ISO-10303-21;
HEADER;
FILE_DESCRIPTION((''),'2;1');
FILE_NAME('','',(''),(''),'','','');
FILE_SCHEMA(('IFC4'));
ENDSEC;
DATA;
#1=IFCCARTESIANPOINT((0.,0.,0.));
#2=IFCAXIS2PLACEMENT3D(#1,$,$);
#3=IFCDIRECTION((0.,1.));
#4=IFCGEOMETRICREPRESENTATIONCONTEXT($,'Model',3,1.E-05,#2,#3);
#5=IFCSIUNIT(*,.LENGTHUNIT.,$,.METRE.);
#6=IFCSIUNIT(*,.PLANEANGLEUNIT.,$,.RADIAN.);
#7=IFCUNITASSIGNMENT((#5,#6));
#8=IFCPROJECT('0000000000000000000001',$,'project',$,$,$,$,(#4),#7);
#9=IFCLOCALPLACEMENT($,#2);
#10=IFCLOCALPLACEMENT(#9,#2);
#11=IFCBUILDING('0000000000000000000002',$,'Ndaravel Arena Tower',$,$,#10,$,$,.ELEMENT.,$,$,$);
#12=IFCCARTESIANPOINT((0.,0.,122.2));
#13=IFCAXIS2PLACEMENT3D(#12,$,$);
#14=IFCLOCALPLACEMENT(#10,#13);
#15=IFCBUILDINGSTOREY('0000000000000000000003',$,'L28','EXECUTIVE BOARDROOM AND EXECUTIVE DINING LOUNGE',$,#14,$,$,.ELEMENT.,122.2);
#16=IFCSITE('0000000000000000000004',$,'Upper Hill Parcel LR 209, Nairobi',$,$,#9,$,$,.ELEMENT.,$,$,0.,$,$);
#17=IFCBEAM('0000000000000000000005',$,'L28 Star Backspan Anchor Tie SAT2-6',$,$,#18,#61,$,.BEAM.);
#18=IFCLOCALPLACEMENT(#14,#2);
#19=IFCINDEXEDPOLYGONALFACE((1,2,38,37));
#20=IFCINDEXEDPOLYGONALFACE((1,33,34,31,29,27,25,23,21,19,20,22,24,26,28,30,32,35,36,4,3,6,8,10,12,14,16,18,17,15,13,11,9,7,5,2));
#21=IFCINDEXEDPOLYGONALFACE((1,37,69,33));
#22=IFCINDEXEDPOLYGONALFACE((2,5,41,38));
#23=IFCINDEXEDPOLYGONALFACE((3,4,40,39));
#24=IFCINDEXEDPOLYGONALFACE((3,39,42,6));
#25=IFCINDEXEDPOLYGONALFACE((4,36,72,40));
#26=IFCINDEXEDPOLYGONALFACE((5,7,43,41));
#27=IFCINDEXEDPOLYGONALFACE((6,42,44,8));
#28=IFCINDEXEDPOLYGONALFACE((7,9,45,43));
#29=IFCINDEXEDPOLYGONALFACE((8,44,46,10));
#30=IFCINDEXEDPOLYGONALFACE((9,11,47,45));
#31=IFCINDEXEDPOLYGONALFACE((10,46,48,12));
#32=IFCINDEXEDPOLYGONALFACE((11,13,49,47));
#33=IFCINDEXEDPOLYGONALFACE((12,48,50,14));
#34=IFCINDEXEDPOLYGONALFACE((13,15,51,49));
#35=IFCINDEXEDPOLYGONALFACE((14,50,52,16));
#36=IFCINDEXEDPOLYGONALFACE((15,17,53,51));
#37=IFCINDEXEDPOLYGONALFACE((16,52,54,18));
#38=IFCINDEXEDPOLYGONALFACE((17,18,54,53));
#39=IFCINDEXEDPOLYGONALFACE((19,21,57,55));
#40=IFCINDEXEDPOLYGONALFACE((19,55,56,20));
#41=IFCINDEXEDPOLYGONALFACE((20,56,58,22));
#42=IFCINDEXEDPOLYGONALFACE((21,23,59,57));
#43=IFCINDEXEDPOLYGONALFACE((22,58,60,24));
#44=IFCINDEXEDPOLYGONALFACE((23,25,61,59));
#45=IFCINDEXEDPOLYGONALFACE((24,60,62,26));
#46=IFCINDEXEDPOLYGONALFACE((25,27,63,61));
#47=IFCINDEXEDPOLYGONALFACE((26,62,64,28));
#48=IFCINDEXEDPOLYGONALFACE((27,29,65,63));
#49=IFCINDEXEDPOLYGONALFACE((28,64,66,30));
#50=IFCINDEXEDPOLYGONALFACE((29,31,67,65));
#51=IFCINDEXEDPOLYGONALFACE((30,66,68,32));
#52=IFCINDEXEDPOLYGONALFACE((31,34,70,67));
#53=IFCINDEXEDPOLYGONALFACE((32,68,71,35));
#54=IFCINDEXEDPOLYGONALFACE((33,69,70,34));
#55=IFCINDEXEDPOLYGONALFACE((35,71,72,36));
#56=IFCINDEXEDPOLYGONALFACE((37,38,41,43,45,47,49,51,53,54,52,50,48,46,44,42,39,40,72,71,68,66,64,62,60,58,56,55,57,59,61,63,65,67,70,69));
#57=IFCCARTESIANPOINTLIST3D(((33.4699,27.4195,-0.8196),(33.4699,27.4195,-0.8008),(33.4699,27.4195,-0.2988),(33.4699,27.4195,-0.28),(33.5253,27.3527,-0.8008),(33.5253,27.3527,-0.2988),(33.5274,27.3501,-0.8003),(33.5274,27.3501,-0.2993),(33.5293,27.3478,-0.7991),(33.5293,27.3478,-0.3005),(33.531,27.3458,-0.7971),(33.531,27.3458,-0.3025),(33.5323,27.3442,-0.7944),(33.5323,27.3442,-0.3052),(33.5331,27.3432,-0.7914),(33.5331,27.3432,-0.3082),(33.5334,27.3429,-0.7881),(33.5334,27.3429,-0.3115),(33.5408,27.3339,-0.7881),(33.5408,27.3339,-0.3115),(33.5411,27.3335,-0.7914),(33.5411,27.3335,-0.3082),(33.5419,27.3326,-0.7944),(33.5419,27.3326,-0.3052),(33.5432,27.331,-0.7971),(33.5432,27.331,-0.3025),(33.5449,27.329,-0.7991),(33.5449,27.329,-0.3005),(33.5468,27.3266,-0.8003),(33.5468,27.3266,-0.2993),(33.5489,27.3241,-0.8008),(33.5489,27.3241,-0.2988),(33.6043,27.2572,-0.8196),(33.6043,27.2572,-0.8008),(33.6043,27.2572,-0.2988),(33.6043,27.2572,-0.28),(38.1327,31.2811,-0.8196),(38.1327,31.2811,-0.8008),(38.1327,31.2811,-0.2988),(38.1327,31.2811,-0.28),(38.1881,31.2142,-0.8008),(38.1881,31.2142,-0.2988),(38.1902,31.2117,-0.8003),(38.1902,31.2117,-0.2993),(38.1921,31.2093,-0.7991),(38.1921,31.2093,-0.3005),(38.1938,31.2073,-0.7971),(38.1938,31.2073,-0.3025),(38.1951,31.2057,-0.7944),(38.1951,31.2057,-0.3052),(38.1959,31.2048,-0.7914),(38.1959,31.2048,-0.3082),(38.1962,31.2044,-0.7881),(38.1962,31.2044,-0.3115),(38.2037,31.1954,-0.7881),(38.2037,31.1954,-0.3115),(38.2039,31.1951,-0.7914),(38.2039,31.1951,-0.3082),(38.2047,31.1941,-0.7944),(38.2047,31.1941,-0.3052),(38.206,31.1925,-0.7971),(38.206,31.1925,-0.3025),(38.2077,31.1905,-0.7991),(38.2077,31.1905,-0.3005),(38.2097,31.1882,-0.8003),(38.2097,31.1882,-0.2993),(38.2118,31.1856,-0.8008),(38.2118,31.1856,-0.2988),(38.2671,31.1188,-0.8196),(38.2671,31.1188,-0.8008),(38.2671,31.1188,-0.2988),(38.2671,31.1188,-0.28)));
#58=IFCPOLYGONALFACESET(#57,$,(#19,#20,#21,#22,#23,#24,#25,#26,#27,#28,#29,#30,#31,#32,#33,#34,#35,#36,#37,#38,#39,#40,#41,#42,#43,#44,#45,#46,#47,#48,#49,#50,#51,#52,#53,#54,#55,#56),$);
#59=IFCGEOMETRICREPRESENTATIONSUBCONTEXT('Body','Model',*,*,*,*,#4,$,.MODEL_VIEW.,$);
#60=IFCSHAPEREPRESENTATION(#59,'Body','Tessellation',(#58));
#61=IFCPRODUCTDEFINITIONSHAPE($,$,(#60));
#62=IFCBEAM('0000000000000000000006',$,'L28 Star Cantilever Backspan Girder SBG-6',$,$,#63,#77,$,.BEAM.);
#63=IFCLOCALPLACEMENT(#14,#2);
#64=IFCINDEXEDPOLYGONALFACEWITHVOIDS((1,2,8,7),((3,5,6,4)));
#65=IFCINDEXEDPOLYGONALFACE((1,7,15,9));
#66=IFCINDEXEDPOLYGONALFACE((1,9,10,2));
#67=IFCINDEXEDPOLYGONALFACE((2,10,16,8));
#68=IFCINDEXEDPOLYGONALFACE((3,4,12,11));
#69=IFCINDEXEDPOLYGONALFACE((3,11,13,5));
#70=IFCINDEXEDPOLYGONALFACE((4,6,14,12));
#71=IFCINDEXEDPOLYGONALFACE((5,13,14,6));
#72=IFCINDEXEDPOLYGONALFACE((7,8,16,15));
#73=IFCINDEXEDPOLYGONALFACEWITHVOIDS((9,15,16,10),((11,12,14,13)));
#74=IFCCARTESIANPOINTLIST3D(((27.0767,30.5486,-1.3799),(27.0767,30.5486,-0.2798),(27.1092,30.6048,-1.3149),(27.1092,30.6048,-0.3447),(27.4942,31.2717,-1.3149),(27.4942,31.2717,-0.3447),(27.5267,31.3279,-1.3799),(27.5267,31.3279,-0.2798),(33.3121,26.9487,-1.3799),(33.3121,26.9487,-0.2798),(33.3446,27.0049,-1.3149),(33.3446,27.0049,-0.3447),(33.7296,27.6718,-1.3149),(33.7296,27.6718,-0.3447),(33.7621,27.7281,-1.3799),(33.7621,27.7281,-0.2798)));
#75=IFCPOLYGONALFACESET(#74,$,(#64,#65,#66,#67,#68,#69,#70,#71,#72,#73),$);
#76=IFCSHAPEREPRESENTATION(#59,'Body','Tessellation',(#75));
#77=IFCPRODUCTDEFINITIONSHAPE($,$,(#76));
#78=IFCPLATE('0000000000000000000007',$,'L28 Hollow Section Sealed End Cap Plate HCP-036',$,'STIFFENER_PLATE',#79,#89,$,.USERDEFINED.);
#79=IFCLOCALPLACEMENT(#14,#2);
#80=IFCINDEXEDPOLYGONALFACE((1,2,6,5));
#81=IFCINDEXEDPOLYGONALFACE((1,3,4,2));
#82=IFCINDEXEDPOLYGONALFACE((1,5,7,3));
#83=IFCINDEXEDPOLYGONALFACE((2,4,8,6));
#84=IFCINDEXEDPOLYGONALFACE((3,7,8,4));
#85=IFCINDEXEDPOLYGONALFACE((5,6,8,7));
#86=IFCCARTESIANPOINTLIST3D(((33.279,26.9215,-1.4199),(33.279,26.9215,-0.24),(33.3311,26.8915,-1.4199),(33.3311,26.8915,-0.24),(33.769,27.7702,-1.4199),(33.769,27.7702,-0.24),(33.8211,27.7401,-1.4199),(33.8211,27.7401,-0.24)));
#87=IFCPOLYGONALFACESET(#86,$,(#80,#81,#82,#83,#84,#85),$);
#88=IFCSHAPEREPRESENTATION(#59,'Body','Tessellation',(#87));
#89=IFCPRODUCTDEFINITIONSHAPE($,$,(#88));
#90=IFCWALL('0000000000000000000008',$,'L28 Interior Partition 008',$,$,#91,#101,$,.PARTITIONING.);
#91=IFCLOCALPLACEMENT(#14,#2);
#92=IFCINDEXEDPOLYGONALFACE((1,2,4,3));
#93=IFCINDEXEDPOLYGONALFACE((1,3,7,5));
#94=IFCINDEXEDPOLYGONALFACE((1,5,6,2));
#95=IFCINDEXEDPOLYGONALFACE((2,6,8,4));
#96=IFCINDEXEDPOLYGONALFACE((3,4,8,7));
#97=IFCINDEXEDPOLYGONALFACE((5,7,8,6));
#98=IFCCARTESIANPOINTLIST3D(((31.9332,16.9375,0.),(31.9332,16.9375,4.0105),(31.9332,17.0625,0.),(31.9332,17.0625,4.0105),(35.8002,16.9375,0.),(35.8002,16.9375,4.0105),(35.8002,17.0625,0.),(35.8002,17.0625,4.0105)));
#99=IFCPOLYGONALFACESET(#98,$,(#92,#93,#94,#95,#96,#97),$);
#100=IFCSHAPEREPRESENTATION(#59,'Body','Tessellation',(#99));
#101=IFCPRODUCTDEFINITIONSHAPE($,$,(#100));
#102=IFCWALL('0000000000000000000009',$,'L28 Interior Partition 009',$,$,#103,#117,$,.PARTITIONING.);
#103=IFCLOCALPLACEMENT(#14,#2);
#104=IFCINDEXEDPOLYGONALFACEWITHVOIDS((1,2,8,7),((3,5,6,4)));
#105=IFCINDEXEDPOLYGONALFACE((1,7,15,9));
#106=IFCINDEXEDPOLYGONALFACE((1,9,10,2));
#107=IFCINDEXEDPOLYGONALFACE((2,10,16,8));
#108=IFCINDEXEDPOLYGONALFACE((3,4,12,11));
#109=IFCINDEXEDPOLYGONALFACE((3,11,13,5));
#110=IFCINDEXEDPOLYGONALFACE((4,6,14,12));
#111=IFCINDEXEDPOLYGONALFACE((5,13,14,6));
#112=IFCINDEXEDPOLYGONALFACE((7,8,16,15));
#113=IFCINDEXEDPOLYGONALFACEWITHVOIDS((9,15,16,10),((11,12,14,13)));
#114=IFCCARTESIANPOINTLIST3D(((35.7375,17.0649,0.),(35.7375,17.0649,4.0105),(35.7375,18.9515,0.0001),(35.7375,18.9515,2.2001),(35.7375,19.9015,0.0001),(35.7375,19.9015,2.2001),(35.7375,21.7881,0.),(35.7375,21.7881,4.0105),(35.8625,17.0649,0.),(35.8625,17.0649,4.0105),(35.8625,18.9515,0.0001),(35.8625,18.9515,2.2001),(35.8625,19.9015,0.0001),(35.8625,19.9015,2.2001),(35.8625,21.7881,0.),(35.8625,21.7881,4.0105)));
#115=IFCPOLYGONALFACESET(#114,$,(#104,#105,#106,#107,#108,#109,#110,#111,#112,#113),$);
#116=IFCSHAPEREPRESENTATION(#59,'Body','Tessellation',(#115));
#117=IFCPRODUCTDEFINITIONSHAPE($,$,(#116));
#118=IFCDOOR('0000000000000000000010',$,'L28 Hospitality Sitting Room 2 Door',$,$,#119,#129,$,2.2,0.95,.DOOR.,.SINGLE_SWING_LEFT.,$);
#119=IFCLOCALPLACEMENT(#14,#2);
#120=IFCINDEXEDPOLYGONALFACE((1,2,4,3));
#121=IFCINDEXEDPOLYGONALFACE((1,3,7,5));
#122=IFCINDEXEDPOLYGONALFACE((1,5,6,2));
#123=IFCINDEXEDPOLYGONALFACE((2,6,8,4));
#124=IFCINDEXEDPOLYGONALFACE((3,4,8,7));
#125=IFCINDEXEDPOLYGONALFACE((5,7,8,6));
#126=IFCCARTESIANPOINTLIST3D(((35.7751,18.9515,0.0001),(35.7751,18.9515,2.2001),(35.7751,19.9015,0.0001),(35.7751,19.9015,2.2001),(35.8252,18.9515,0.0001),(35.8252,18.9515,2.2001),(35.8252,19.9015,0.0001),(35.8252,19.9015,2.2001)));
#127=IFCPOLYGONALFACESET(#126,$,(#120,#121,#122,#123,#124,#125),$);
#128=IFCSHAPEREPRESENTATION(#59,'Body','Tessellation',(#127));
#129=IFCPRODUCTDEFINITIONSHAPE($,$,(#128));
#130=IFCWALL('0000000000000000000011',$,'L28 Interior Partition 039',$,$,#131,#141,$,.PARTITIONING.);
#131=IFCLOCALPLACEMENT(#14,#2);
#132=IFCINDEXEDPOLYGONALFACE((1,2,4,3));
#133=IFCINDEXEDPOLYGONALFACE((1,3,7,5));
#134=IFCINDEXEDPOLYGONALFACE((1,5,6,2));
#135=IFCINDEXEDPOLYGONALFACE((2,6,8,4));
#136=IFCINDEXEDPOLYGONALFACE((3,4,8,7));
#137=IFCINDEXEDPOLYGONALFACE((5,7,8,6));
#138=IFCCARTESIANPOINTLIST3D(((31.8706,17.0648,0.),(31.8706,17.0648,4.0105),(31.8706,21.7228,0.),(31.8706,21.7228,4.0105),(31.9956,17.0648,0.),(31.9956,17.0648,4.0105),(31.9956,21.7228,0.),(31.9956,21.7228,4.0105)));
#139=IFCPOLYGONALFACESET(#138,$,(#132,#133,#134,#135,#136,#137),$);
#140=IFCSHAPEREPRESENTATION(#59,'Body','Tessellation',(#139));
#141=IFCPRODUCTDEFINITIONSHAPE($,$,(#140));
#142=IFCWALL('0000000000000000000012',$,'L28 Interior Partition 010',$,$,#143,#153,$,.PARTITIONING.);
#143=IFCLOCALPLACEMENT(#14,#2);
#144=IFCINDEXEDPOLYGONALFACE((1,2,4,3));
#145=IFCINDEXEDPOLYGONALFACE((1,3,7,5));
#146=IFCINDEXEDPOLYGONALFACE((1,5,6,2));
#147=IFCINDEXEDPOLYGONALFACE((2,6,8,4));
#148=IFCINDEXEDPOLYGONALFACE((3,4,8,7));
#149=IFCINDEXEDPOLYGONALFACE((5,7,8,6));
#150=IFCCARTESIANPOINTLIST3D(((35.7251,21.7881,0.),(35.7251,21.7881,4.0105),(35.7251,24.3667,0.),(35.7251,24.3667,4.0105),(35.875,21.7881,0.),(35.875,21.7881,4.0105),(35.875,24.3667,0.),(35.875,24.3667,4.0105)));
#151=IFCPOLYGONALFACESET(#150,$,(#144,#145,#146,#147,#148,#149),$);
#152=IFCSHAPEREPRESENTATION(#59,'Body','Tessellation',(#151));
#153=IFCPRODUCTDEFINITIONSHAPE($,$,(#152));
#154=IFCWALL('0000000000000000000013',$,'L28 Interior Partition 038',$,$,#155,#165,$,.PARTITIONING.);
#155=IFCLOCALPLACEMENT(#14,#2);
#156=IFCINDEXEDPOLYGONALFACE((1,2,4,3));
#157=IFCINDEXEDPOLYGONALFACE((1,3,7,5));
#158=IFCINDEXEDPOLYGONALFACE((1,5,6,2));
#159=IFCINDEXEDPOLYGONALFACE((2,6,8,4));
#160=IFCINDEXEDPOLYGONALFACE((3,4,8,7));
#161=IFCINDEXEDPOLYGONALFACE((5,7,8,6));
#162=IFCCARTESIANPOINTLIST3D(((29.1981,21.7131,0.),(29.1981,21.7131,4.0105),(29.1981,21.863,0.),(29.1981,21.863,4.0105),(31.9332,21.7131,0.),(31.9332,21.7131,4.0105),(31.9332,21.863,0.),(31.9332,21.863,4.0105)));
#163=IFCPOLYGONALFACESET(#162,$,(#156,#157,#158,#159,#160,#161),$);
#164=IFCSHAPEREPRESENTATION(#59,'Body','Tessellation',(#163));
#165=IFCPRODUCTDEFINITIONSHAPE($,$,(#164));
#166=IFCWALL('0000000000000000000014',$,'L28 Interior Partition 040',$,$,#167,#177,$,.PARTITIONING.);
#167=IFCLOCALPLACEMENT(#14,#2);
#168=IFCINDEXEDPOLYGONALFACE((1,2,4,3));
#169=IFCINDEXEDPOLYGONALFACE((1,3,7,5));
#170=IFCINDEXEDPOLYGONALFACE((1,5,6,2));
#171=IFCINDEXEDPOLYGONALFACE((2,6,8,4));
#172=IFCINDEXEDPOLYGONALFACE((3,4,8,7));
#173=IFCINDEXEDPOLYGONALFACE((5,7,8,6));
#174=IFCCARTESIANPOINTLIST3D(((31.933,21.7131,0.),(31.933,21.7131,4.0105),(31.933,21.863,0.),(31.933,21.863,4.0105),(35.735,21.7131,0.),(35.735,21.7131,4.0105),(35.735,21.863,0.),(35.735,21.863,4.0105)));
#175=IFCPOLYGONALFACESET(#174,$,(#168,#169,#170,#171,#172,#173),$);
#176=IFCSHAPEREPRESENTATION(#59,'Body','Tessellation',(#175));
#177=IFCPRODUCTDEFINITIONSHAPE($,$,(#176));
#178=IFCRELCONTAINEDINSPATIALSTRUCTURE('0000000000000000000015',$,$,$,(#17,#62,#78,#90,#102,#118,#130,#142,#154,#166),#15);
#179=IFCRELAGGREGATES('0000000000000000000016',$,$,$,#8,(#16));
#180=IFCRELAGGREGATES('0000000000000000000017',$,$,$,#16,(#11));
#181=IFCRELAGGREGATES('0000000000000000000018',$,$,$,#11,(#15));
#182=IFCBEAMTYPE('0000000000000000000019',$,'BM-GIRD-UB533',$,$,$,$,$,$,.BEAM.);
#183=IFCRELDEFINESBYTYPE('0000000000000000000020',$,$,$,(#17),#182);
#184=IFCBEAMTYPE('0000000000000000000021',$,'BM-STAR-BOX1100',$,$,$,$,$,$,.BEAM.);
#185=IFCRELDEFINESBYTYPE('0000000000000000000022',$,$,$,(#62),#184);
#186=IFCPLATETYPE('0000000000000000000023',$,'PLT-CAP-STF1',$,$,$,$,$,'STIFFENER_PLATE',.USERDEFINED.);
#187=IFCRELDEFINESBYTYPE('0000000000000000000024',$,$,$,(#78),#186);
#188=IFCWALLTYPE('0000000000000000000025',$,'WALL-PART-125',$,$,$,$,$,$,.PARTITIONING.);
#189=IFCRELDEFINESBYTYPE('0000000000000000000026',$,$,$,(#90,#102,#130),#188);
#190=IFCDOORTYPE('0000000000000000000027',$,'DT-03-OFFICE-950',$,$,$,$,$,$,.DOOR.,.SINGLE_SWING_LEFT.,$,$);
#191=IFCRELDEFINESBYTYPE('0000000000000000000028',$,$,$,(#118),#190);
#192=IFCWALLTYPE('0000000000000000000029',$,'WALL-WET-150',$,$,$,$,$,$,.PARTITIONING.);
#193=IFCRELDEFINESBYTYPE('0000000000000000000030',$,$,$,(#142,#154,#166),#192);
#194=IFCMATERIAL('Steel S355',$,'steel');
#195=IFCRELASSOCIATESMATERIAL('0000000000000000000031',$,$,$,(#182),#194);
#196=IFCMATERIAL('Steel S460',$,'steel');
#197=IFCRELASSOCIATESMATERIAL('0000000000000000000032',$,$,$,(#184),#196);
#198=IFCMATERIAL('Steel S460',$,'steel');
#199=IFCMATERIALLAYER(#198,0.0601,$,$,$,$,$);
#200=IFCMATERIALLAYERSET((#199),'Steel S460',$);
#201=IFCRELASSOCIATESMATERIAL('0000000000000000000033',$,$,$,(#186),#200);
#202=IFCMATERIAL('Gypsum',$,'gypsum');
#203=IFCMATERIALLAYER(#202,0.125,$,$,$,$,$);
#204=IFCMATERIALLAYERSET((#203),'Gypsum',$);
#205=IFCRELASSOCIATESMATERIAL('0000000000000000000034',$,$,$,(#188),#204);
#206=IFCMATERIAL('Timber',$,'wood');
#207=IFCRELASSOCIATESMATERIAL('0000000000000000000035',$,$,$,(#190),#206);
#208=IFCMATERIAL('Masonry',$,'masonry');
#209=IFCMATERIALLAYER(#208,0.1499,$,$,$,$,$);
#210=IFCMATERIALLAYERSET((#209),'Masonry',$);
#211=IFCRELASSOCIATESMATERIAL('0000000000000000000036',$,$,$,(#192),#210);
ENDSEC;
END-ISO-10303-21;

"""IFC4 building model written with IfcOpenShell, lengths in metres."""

from ifc_helpers import new_model, si_unit, direction, frame, frame_2d, origin, origin_2d, place, context, subcontext, project, spatial, rectangle, hollow_rectangle, i_section, extrude, material, layer, layer_set, material_profile, profile_set, type_object, element, fill, save


model = new_model("IFC4")

# Units and contexts
model_context = context("Model", 3, precision=1e-05, world=origin(), true_north=direction((0.0, 1.0)))
body_context = subcontext(model_context, "Body", "Model", "MODEL_VIEW")
ifc_project = project(units=[si_unit("LENGTHUNIT", "METRE"), si_unit("PLANEANGLEUNIT", "RADIAN")], contexts=[model_context])

# Site, building, storey
site_placement = place(None, origin())
site = spatial("IfcSite", under=ifc_project, at=site_placement, Name="Upper Hill Parcel LR 209, Nairobi", CompositionType="ELEMENT", RefElevation=0.0)
building_placement = place(site_placement, origin())
building = spatial("IfcBuilding", under=site, at=building_placement, Name="Ndaravel Arena Tower", CompositionType="ELEMENT")
storey_placement = place(building_placement, frame((0.0, 0.0, 122.2)))
storey = spatial("IfcBuildingStorey", under=building, at=storey_placement, Name="L28", Description="EXECUTIVE BOARDROOM AND EXECUTIVE DINING LOUNGE", CompositionType="ELEMENT", Elevation=122.2)

# Beams
ifc_material_1 = material(Name="Steel S355", Category="steel")
ifc_material_profile_1 = material_profile(ifc_material_1, i_section(OverallWidth=0.2107, OverallDepth=0.5396, WebThickness=0.0117, FlangeThickness=0.0188, FilletRadius=0.0127, at=origin_2d()), Name="UB 533x210x109")
ifc_profile_set_1 = profile_set([ifc_material_profile_1], Name="Steel S355")
beam_type_1 = type_object("IfcBeamType", Name="BM-GIRD-UB533", PredefinedType="BEAM", material=ifc_profile_set_1)
beam_1_placement = place(storey_placement, frame((33.5371, 27.3384, -0.5498), z_axis=(0.770178, 0.637829, 0.0), x_axis=(-0.637829, 0.770178, 0.0)))
element("IfcBeam", 1, at=beam_1_placement, inside=storey, type_object=beam_type_1, Name="L28 Star Backspan Anchor Tie SAT2-6", PredefinedType="BEAM", context=body_context, shape_type="SweptSolid", body=[
    extrude(i_section(OverallWidth=0.2107, OverallDepth=0.5396, WebThickness=0.0117, FlangeThickness=0.0188, FilletRadius=0.0127, at=origin_2d()), origin(), (0.0, 0.0, 1.0), 6.0542),
])
ifc_material_2 = material(Name="Steel S460", Category="steel")
ifc_material_profile_2 = material_profile(ifc_material_2, hollow_rectangle(XDim=0.8999, YDim=1.1001, WallThickness=0.0649, at=origin_2d()), Name="BOX 1100x900x65")
ifc_profile_set_2 = profile_set([ifc_material_profile_2], Name="Steel S460")
beam_type_2 = type_object("IfcBeamType", Name="BM-STAR-BOX1100", PredefinedType="BEAM", material=ifc_profile_set_2)
beam_2_placement = place(storey_placement, frame((33.5371, 27.3384, -0.8298), z_axis=(-0.866033, 0.499987, 0.0), x_axis=(-0.499987, -0.866033, 0.0)))
element("IfcBeam", 2, at=beam_2_placement, inside=storey, type_object=beam_type_2, Name="L28 Star Cantilever Backspan Girder SBG-6", PredefinedType="BEAM", context=body_context, shape_type="SweptSolid", body=[
    extrude(hollow_rectangle(XDim=0.8999, YDim=1.1001, WallThickness=0.0649, at=origin_2d()), origin(), (0.0, 0.0, 1.0), 7.2),
])

# Plate
ifc_material_3 = material(Name="Steel S460", Category="steel")
ifc_layer_1 = layer(ifc_material_3, 0.0601)
ifc_layer_set_1 = layer_set([ifc_layer_1], Name="Steel S460")
plate_type = type_object("IfcPlateType", Name="PLT-CAP-STF1", ElementType="STIFFENER_PLATE", PredefinedType="USERDEFINED", material=ifc_layer_set_1)
plate_placement = place(storey_placement, frame((33.55, 27.3308, -1.4199), z_axis=(0.0, 0.0, 1.0), x_axis=(-0.866025, 0.5, 0.0)))
element("IfcPlate", 3, at=plate_placement, inside=storey, type_object=plate_type, Name="L28 Hollow Section Sealed End Cap Plate HCP-036", ObjectType="STIFFENER_PLATE", PredefinedType="USERDEFINED", context=body_context, shape_type="SweptSolid", body=[
    extrude(rectangle(XDim=0.0601, YDim=0.98, at=origin_2d()), origin(), (0.0, 0.0, 1.0), 1.1799),
])

# Wall
ifc_material_4 = material(Name="Gypsum", Category="gypsum")
ifc_layer_2 = layer(ifc_material_4, 0.125)
ifc_layer_set_2 = layer_set([ifc_layer_2], Name="Gypsum")
wall_type_1 = type_object("IfcWallType", Name="WALL-PART-125", PredefinedType="PARTITIONING", material=ifc_layer_set_2)
wall_1_placement = place(storey_placement, frame((31.9331, 17.0, 0.0), z_axis=(0.0, 0.0, 1.0), x_axis=(1.0, 0.0, 0.0)))
element("IfcWall", 4, at=wall_1_placement, inside=storey, type_object=wall_type_1, Name="L28 Interior Partition 008", PredefinedType="PARTITIONING", context=body_context, shape_type="SweptSolid", body=[
    extrude(rectangle(XDim=3.8669, YDim=0.125, at=frame_2d((1.9336, 0.0))), origin(), (0.0, 0.0, 1.0), 4.0105),
])

# Wall, opening, door
wall_2_placement = place(storey_placement, frame((35.8, 17.0649, 0.0), z_axis=(0.0, 0.0, 1.0), x_axis=(0.0, 1.0, 0.0)))
wall_2 = element("IfcWall", 5, at=wall_2_placement, inside=storey, type_object=wall_type_1, Name="L28 Interior Partition 009", PredefinedType="PARTITIONING", context=body_context, shape_type="SweptSolid", body=[
    extrude(rectangle(XDim=4.7231, YDim=0.125, at=frame_2d((2.3616, 0.0))), origin(), (0.0, 0.0, 1.0), 4.0105),
])
opening_1_placement = place(wall_2_placement, frame((1.8865, 0.0, 0.0)))
opening_1 = element("IfcOpeningElement", 6, at=opening_1_placement, cuts=wall_2, PredefinedType="OPENING", context=body_context, shape_type="SweptSolid", body=[
    extrude(rectangle(XDim=0.95, YDim=2.2, at=frame_2d((0.4751, 1.1001))), frame((0.0, 0.0625, 0.0), z_axis=(0.0, -1.0, 0.0), x_axis=(1.0, 0.0, 0.0)), (0.0, 0.0, 1.0), 0.125),
])
ifc_material_5 = material(Name="Timber", Category="wood")
door_type_1 = type_object("IfcDoorType", Name="DT-03-OFFICE-950", OperationType="SINGLE_SWING_LEFT", PredefinedType="DOOR", material=ifc_material_5)
door_1_placement = place(opening_1_placement, origin())
door_1 = element("IfcDoor", 7, at=door_1_placement, inside=storey, type_object=door_type_1, Name="L28 Hospitality Sitting Room 2 Door", OperationType="SINGLE_SWING_LEFT", OverallHeight=2.2, OverallWidth=0.95, PredefinedType="DOOR", context=body_context, shape_type="SweptSolid", body=[
    extrude(rectangle(XDim=0.95, YDim=2.2, at=frame_2d((0.4751, 1.1001))), frame((0.0, 0.0249, 0.0), z_axis=(0.0, -1.0, 0.0), x_axis=(1.0, 0.0, 0.0)), (0.0, 0.0, 1.0), 0.05),
])
fill(opening_1, door_1)

# Walls
wall_3_placement = place(storey_placement, frame((31.9331, 21.7229, 0.0), z_axis=(0.0, 0.0, 1.0), x_axis=(0.0, -1.0, 0.0)))
element("IfcWall", 8, at=wall_3_placement, inside=storey, type_object=wall_type_1, Name="L28 Interior Partition 039", PredefinedType="PARTITIONING", context=body_context, shape_type="SweptSolid", body=[
    extrude(rectangle(XDim=4.658, YDim=0.125, at=frame_2d((2.3291, 0.0))), origin(), (0.0, 0.0, 1.0), 4.0105),
])
ifc_material_6 = material(Name="Masonry", Category="masonry")
ifc_layer_3 = layer(ifc_material_6, 0.1499)
ifc_layer_set_3 = layer_set([ifc_layer_3], Name="Masonry")
wall_type_2 = type_object("IfcWallType", Name="WALL-WET-150", PredefinedType="PARTITIONING", material=ifc_layer_set_3)
wall_4_placement = place(storey_placement, frame((35.8, 21.7881, 0.0), z_axis=(0.0, 0.0, 1.0), x_axis=(0.0, 1.0, 0.0)))
element("IfcWall", 9, at=wall_4_placement, inside=storey, type_object=wall_type_2, Name="L28 Interior Partition 010", PredefinedType="PARTITIONING", context=body_context, shape_type="SweptSolid", body=[
    extrude(rectangle(XDim=2.5786, YDim=0.1499, at=frame_2d((1.2893, 0.0))), origin(), (0.0, 0.0, 1.0), 4.0105),
])
wall_5_placement = place(storey_placement, frame((29.198, 21.7881, 0.0), z_axis=(0.0, 0.0, 1.0), x_axis=(1.0, 0.0, 0.0)))
element("IfcWall", 10, at=wall_5_placement, inside=storey, type_object=wall_type_2, Name="L28 Interior Partition 038", PredefinedType="PARTITIONING", context=body_context, shape_type="SweptSolid", body=[
    extrude(rectangle(XDim=2.7351, YDim=0.1499, at=frame_2d((1.3677, 0.0))), origin(), (0.0, 0.0, 1.0), 4.0105),
])
wall_6_placement = place(storey_placement, frame((31.9331, 21.7881, 0.0), z_axis=(0.0, 0.0, 1.0), x_axis=(1.0, 0.0, 0.0)))
element("IfcWall", 11, at=wall_6_placement, inside=storey, type_object=wall_type_2, Name="L28 Interior Partition 040", PredefinedType="PARTITIONING", context=body_context, shape_type="SweptSolid", body=[
    extrude(rectangle(XDim=3.802, YDim=0.1499, at=frame_2d((1.9009, 0.0))), origin(), (0.0, 0.0, 1.0), 4.0105),
])

save(model, "model.ifc")
